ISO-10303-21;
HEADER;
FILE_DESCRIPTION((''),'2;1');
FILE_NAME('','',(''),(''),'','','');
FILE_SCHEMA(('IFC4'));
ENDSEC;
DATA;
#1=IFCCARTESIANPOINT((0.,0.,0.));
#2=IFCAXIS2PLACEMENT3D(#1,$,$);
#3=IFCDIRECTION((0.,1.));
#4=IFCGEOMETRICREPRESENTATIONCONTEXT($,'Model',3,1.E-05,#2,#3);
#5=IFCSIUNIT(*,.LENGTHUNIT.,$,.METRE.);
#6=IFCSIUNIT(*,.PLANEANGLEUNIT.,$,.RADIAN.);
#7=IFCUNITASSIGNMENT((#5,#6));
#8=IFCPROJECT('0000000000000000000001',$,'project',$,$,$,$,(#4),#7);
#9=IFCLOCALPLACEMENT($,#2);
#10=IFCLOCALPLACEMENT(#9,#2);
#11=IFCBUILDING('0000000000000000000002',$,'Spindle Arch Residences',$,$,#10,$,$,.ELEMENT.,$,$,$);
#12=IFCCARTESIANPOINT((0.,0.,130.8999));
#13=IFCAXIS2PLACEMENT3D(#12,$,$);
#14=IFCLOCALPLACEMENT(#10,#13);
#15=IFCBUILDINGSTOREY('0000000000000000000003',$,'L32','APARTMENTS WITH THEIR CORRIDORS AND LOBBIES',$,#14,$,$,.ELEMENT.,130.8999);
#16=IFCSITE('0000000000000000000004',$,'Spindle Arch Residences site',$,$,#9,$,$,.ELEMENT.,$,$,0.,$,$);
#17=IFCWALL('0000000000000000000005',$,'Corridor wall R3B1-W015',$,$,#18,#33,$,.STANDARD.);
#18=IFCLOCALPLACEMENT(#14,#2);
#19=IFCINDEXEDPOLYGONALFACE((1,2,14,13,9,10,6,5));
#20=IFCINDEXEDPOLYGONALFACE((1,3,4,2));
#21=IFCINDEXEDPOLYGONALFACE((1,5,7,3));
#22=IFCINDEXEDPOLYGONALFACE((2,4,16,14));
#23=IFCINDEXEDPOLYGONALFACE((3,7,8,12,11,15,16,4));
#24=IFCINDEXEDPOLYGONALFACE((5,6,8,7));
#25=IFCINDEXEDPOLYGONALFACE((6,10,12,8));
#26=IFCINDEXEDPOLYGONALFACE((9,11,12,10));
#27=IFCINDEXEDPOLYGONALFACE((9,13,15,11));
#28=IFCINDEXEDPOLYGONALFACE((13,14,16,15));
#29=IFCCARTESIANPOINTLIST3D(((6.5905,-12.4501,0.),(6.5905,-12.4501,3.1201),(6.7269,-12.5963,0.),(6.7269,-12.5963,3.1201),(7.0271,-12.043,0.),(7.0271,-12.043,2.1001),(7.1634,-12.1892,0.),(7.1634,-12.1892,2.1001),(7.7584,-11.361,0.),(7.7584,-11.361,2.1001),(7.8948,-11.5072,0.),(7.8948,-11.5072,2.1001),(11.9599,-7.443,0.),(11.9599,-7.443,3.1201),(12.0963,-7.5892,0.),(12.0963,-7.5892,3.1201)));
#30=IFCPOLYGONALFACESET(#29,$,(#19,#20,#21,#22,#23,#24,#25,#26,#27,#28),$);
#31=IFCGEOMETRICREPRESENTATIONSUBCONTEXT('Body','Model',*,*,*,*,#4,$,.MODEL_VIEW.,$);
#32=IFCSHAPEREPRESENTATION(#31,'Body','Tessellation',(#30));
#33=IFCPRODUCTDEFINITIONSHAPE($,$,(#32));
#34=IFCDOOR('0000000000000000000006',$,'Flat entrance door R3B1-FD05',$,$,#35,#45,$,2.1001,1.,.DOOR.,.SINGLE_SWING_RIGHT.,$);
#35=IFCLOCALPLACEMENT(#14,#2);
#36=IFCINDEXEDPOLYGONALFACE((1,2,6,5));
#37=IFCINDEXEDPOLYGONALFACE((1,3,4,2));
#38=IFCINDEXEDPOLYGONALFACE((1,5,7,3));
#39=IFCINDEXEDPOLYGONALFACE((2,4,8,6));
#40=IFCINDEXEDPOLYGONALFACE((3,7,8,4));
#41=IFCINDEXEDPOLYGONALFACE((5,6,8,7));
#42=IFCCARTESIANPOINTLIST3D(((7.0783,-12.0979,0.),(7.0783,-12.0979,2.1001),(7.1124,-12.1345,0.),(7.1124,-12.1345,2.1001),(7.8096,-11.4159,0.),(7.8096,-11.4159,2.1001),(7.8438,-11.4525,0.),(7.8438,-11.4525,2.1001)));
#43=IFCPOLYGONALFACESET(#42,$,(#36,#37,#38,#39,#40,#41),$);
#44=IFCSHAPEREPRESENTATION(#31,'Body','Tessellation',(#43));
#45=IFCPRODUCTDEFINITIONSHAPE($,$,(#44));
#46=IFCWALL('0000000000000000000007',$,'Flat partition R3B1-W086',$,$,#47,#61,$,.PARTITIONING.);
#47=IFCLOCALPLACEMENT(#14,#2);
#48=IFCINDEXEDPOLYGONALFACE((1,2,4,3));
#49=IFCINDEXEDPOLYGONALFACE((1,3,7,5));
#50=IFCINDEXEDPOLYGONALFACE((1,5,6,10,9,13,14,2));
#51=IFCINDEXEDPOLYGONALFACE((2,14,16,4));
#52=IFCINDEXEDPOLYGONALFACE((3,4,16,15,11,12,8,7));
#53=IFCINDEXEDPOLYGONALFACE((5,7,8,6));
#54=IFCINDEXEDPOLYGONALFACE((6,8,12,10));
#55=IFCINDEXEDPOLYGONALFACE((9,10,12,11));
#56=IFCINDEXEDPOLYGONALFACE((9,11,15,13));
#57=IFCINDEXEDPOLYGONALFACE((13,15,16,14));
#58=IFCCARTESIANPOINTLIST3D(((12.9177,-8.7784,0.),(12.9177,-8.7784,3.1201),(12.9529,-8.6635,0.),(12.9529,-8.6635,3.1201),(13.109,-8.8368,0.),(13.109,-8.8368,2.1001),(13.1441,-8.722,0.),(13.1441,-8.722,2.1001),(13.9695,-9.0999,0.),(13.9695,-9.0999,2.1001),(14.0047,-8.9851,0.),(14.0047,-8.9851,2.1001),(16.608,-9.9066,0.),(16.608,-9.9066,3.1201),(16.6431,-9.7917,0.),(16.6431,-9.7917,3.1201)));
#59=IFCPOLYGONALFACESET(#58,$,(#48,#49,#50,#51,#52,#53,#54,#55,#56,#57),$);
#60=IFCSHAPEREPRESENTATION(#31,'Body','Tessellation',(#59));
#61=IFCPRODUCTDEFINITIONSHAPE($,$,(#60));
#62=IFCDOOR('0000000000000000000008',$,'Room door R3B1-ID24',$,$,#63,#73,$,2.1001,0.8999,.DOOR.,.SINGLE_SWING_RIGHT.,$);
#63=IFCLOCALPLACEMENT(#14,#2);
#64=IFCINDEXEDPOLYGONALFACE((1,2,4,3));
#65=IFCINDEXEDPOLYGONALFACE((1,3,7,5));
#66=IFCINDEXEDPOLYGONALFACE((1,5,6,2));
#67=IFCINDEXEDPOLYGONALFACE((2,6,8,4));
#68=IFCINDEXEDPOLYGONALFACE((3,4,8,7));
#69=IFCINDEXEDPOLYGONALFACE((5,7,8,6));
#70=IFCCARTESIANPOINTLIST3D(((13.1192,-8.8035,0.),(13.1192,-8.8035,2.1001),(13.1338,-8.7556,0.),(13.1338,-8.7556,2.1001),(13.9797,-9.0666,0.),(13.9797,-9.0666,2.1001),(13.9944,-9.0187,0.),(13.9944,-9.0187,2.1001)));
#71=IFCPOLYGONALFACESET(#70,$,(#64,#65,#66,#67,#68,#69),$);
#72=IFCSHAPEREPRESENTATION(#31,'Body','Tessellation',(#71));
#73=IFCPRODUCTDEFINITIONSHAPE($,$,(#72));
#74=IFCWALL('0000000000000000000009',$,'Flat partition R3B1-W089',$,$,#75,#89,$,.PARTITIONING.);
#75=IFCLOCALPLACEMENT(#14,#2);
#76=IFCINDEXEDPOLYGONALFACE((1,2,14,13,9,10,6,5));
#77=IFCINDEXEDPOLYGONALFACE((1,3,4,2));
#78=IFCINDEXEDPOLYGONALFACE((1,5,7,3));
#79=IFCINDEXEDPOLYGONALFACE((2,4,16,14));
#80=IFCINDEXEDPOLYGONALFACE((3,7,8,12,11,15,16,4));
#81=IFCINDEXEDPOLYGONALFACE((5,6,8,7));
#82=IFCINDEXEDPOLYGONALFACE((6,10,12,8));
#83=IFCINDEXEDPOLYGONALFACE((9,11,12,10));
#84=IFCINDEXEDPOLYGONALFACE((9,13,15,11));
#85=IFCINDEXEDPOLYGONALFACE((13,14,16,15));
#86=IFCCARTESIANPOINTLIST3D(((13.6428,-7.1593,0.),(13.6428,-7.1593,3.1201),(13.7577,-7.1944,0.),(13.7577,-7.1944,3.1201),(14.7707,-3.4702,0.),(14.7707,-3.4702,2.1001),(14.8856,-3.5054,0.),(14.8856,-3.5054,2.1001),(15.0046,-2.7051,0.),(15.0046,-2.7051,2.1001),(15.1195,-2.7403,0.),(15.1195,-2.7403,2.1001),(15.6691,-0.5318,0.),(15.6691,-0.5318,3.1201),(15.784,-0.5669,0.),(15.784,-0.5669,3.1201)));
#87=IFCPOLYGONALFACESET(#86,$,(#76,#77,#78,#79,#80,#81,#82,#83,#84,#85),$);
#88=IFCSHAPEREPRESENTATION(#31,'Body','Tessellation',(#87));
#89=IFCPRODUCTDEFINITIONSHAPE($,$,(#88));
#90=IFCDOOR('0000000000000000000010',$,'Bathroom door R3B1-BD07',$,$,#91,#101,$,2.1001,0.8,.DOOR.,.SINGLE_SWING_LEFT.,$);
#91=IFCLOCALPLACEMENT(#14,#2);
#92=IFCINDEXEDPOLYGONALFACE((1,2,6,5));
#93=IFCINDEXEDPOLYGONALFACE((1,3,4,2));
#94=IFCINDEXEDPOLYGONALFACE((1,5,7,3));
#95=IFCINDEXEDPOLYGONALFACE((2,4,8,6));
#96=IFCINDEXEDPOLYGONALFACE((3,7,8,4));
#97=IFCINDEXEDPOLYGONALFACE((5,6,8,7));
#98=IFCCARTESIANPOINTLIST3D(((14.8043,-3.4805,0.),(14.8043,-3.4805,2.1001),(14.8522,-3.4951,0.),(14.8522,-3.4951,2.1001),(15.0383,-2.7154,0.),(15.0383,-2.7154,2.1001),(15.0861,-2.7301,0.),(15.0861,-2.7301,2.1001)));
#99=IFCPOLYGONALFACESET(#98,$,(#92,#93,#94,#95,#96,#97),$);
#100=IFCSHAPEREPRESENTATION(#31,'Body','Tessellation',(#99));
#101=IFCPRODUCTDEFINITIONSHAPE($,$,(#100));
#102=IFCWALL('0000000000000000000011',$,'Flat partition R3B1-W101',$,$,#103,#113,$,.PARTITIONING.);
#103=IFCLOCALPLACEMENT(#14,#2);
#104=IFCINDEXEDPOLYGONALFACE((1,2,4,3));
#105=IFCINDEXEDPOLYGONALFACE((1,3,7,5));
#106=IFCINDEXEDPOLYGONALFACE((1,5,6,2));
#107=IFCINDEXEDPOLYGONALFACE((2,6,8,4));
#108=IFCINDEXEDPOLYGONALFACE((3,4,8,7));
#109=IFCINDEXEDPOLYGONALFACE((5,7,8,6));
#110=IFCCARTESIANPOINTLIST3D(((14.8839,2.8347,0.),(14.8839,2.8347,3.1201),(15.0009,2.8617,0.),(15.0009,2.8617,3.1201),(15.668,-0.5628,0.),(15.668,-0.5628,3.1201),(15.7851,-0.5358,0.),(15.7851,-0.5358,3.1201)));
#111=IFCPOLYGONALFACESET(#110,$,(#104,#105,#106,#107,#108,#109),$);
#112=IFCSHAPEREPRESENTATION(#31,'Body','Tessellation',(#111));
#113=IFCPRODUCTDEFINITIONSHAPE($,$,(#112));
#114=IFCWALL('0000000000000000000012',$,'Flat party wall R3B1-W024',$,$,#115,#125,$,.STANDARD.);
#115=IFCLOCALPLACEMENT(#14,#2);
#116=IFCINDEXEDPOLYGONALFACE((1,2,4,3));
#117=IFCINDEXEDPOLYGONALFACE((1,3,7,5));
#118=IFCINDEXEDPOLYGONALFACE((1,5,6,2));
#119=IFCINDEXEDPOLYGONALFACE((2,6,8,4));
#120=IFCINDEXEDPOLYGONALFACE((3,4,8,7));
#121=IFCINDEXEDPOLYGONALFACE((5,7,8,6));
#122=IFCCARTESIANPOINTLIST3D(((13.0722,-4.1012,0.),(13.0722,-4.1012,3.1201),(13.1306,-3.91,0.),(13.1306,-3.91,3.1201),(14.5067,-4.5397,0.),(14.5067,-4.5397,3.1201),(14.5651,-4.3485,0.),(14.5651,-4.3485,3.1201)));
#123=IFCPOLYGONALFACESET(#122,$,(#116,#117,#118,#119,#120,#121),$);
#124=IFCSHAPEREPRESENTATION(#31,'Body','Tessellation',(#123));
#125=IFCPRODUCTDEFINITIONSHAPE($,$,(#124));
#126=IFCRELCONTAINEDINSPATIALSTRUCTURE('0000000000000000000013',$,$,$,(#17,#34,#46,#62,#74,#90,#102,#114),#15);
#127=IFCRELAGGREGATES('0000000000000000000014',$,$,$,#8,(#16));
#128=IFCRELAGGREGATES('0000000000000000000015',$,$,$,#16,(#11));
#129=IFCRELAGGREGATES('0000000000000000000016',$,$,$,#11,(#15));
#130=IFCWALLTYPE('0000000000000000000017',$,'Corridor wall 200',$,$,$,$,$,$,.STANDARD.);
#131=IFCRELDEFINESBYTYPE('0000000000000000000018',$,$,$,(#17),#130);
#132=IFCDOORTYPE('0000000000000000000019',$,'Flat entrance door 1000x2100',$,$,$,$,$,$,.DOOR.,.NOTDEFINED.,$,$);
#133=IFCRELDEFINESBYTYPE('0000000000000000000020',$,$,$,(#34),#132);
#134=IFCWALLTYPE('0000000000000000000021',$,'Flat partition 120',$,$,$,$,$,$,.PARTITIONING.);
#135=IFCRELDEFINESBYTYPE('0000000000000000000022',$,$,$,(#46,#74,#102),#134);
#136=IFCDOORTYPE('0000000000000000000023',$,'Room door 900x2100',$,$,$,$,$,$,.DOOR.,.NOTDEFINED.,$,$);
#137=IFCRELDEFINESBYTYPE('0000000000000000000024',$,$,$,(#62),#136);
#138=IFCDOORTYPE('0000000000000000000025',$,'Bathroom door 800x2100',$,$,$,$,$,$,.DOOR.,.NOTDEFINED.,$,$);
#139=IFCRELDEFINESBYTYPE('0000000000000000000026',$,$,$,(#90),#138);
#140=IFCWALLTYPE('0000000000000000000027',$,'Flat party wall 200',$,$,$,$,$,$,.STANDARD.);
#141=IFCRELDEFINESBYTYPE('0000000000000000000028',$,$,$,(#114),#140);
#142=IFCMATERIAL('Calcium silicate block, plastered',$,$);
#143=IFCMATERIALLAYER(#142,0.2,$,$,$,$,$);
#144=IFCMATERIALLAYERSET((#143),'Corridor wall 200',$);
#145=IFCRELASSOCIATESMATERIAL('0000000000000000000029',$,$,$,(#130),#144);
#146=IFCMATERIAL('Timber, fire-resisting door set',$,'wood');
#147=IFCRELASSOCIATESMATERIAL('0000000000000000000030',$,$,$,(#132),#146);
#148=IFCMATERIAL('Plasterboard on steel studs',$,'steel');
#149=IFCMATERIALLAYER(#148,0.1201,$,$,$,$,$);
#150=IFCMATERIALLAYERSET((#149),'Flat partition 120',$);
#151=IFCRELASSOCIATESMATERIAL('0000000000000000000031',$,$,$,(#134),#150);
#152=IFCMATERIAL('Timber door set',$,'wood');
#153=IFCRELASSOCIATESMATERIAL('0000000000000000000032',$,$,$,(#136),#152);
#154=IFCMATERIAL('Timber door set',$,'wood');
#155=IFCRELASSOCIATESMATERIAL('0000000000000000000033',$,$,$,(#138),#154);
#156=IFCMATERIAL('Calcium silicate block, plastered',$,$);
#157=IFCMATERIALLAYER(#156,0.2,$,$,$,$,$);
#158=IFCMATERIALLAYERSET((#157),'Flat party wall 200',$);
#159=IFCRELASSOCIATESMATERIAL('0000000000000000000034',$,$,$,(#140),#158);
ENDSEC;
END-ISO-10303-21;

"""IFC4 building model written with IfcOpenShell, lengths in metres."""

from ifc_helpers import new_model, si_unit, direction, frame, frame_2d, origin, place, context, subcontext, project, spatial, rectangle, extrude, material, layer, layer_set, type_object, element, fill, save


model = new_model("IFC4")

# Units and contexts
model_context = context("Model", 3, precision=1e-05, world=origin(), true_north=direction((0.0, 1.0)))
body_context = subcontext(model_context, "Body", "Model", "MODEL_VIEW")
ifc_project = project(units=[si_unit("LENGTHUNIT", "METRE"), si_unit("PLANEANGLEUNIT", "RADIAN")], contexts=[model_context])

# Site, building, storey
site_placement = place(None, origin())
site = spatial("IfcSite", under=ifc_project, at=site_placement, Name="Spindle Arch Residences site", CompositionType="ELEMENT", RefElevation=0.0)
building_placement = place(site_placement, origin())
building = spatial("IfcBuilding", under=site, at=building_placement, Name="Spindle Arch Residences", CompositionType="ELEMENT")
storey_placement = place(building_placement, frame((0.0, 0.0, 130.8999)))
storey = spatial("IfcBuildingStorey", under=building, at=storey_placement, Name="L32", Description="APARTMENTS WITH THEIR CORRIDORS AND LOBBIES", CompositionType="ELEMENT", Elevation=130.8999)

# Shared definitions
ifc_material_1 = material(Name="Calcium silicate block, plastered")
ifc_layer_1 = layer(ifc_material_1, 0.2)
ifc_layer_set_1 = layer_set([ifc_layer_1], Name="Corridor wall 200")
wall_type_1 = type_object("IfcWallType", Name="Corridor wall 200", PredefinedType="STANDARD", material=ifc_layer_set_1)
ifc_material_2 = material(Name="Timber, fire-resisting door set", Category="wood")
door_type_1 = type_object("IfcDoorType", Name="Flat entrance door 1000x2100", OperationType="NOTDEFINED", PredefinedType="DOOR", material=ifc_material_2)

# Walls, openings, doors
wall_1_placement = place(storey_placement, frame((6.6587, -12.5232, 0.0), z_axis=(0.0, 0.0, 1.0), x_axis=(0.73135, 0.682002, 0.0)))
wall_1 = element("IfcWall", 1, at=wall_1_placement, inside=storey, type_object=wall_type_1, Name="Corridor wall R3B1-W015", PredefinedType="STANDARD", context=body_context, shape_type="SweptSolid", body=[
    extrude(rectangle(XDim=7.3418, YDim=0.2, at=frame_2d((3.6709, 0.0))), origin(), (0.0, 0.0, 1.0), 3.1201),
])
opening_1_placement = place(wall_1_placement, frame((0.5969, 0.0, 0.0)))
opening_1 = element("IfcOpeningElement", 2, at=opening_1_placement, cuts=wall_1, PredefinedType="OPENING", context=body_context, shape_type="SweptSolid", body=[
    extrude(rectangle(XDim=1.0, YDim=2.1001, at=frame_2d((0.5, 1.05))), frame((0.0, 0.1099, 0.0), z_axis=(0.0, -1.0, 0.0), x_axis=(1.0, 0.0, 0.0)), (0.0, 0.0, 1.0), 0.22),
])
door_1_placement = place(opening_1_placement, origin())
door_1 = element("IfcDoor", 3, at=door_1_placement, inside=storey, type_object=door_type_1, Name="Flat entrance door R3B1-FD05", OperationType="SINGLE_SWING_RIGHT", OverallHeight=2.1001, OverallWidth=1.0, PredefinedType="DOOR", context=body_context, shape_type="SweptSolid", body=[
    extrude(rectangle(XDim=1.0, YDim=2.1001, at=frame_2d((0.5, 1.05))), frame((0.0, 0.0249, 0.0), z_axis=(0.0, -1.0, 0.0), x_axis=(1.0, 0.0, 0.0)), (0.0, 0.0, 1.0), 0.05),
])
fill(opening_1, door_1)
ifc_material_3 = material(Name="Plasterboard on steel studs", Category="steel")
ifc_layer_2 = layer(ifc_material_3, 0.1201)
ifc_layer_set_2 = layer_set([ifc_layer_2], Name="Flat partition 120")
wall_type_2 = type_object("IfcWallType", Name="Flat partition 120", PredefinedType="PARTITIONING", material=ifc_layer_set_2)
wall_2_placement = place(storey_placement, frame((12.9353, -8.7209, 0.0), z_axis=(0.0, 0.0, 1.0), x_axis=(0.956307, -0.292365, 0.0)))
wall_2 = element("IfcWall", 4, at=wall_2_placement, inside=storey, type_object=wall_type_2, Name="Flat partition R3B1-W086", PredefinedType="PARTITIONING", context=body_context, shape_type="SweptSolid", body=[
    extrude(rectangle(XDim=3.8589, YDim=0.1201, at=frame_2d((1.9294, 0.0))), origin(), (0.0, 0.0, 1.0), 3.1201),
])
opening_2_placement = place(wall_2_placement, frame((0.2, 0.0, 0.0)))
opening_2 = element("IfcOpeningElement", 5, at=opening_2_placement, cuts=wall_2, PredefinedType="OPENING", context=body_context, shape_type="SweptSolid", body=[
    extrude(rectangle(XDim=0.8999, YDim=2.1001, at=frame_2d((0.45, 1.05))), frame((0.0, 0.0701, 0.0), z_axis=(0.0, -1.0, 0.0), x_axis=(1.0, 0.0, 0.0)), (0.0, 0.0, 1.0), 0.1401),
])
ifc_material_4 = material(Name="Timber door set", Category="wood")
door_type_2 = type_object("IfcDoorType", Name="Room door 900x2100", OperationType="NOTDEFINED", PredefinedType="DOOR", material=ifc_material_4)
door_2_placement = place(opening_2_placement, origin())
door_2 = element("IfcDoor", 6, at=door_2_placement, inside=storey, type_object=door_type_2, Name="Room door R3B1-ID24", OperationType="SINGLE_SWING_RIGHT", OverallHeight=2.1001, OverallWidth=0.8999, PredefinedType="DOOR", context=body_context, shape_type="SweptSolid", body=[
    extrude(rectangle(XDim=0.8999, YDim=2.1001, at=frame_2d((0.45, 1.05))), frame((0.0, 0.0249, 0.0), z_axis=(0.0, -1.0, 0.0), x_axis=(1.0, 0.0, 0.0)), (0.0, 0.0, 1.0), 0.05),
])
fill(opening_2, door_2)
wall_3_placement = place(storey_placement, frame((13.7002, -7.177, 0.0), z_axis=(0.0, 0.0, 1.0), x_axis=(0.292382, 0.956302, 0.0)))
wall_3 = element("IfcWall", 7, at=wall_3_placement, inside=storey, type_object=wall_type_2, Name="Flat partition R3B1-W089", PredefinedType="PARTITIONING", context=body_context, shape_type="SweptSolid", body=[
    extrude(rectangle(XDim=6.9304, YDim=0.1201, at=frame_2d((3.4653, 0.0))), origin(), (0.0, 0.0, 1.0), 3.1201),
])
opening_3_placement = place(wall_3_placement, frame((3.8579, 0.0, 0.0)))
opening_3 = element("IfcOpeningElement", 8, at=opening_3_placement, cuts=wall_3, PredefinedType="OPENING", context=body_context, shape_type="SweptSolid", body=[
    extrude(rectangle(XDim=0.8, YDim=2.1001, at=frame_2d((0.3999, 1.05))), frame((0.0, 0.0701, 0.0), z_axis=(0.0, -1.0, 0.0), x_axis=(1.0, 0.0, 0.0)), (0.0, 0.0, 1.0), 0.1401),
])
ifc_material_5 = material(Name="Timber door set", Category="wood")
door_type_3 = type_object("IfcDoorType", Name="Bathroom door 800x2100", OperationType="NOTDEFINED", PredefinedType="DOOR", material=ifc_material_5)
door_3_placement = place(opening_3_placement, origin())
door_3 = element("IfcDoor", 9, at=door_3_placement, inside=storey, type_object=door_type_3, Name="Bathroom door R3B1-BD07", OperationType="SINGLE_SWING_LEFT", OverallHeight=2.1001, OverallWidth=0.8, PredefinedType="DOOR", context=body_context, shape_type="SweptSolid", body=[
    extrude(rectangle(XDim=0.8, YDim=2.1001, at=frame_2d((0.3999, 1.05))), frame((0.0, 0.0249, 0.0), z_axis=(0.0, -1.0, 0.0), x_axis=(1.0, 0.0, 0.0)), (0.0, 0.0, 1.0), 0.05),
])
fill(opening_3, door_3)

# Walls
wall_4_placement = place(storey_placement, frame((15.7266, -0.5493, 0.0), z_axis=(0.0, 0.0, 1.0), x_axis=(-0.2249, 0.974382, 0.0)))
element("IfcWall", 10, at=wall_4_placement, inside=storey, type_object=wall_type_2, Name="Flat partition R3B1-W101", PredefinedType="PARTITIONING", context=body_context, shape_type="SweptSolid", body=[
    extrude(rectangle(XDim=3.4868, YDim=0.1201, at=frame_2d((1.7434, 0.0))), origin(), (0.0, 0.0, 1.0), 3.1201),
])
ifc_material_6 = material(Name="Calcium silicate block, plastered")
ifc_layer_3 = layer(ifc_material_6, 0.2)
ifc_layer_set_3 = layer_set([ifc_layer_3], Name="Flat party wall 200")
wall_type_3 = type_object("IfcWallType", Name="Flat party wall 200", PredefinedType="STANDARD", material=ifc_layer_set_3)
wall_5_placement = place(storey_placement, frame((14.5359, -4.4441, 0.0), z_axis=(0.0, 0.0, 1.0), x_axis=(-0.956326, 0.292301, 0.0)))
element("IfcWall", 11, at=wall_5_placement, inside=storey, type_object=wall_type_3, Name="Flat party wall R3B1-W024", PredefinedType="STANDARD", context=body_context, shape_type="SweptSolid", body=[
    extrude(rectangle(XDim=1.5, YDim=0.2, at=frame_2d((0.75, 0.0))), origin(), (0.0, 0.0, 1.0), 3.1201),
])

save(model, "model.ifc")
